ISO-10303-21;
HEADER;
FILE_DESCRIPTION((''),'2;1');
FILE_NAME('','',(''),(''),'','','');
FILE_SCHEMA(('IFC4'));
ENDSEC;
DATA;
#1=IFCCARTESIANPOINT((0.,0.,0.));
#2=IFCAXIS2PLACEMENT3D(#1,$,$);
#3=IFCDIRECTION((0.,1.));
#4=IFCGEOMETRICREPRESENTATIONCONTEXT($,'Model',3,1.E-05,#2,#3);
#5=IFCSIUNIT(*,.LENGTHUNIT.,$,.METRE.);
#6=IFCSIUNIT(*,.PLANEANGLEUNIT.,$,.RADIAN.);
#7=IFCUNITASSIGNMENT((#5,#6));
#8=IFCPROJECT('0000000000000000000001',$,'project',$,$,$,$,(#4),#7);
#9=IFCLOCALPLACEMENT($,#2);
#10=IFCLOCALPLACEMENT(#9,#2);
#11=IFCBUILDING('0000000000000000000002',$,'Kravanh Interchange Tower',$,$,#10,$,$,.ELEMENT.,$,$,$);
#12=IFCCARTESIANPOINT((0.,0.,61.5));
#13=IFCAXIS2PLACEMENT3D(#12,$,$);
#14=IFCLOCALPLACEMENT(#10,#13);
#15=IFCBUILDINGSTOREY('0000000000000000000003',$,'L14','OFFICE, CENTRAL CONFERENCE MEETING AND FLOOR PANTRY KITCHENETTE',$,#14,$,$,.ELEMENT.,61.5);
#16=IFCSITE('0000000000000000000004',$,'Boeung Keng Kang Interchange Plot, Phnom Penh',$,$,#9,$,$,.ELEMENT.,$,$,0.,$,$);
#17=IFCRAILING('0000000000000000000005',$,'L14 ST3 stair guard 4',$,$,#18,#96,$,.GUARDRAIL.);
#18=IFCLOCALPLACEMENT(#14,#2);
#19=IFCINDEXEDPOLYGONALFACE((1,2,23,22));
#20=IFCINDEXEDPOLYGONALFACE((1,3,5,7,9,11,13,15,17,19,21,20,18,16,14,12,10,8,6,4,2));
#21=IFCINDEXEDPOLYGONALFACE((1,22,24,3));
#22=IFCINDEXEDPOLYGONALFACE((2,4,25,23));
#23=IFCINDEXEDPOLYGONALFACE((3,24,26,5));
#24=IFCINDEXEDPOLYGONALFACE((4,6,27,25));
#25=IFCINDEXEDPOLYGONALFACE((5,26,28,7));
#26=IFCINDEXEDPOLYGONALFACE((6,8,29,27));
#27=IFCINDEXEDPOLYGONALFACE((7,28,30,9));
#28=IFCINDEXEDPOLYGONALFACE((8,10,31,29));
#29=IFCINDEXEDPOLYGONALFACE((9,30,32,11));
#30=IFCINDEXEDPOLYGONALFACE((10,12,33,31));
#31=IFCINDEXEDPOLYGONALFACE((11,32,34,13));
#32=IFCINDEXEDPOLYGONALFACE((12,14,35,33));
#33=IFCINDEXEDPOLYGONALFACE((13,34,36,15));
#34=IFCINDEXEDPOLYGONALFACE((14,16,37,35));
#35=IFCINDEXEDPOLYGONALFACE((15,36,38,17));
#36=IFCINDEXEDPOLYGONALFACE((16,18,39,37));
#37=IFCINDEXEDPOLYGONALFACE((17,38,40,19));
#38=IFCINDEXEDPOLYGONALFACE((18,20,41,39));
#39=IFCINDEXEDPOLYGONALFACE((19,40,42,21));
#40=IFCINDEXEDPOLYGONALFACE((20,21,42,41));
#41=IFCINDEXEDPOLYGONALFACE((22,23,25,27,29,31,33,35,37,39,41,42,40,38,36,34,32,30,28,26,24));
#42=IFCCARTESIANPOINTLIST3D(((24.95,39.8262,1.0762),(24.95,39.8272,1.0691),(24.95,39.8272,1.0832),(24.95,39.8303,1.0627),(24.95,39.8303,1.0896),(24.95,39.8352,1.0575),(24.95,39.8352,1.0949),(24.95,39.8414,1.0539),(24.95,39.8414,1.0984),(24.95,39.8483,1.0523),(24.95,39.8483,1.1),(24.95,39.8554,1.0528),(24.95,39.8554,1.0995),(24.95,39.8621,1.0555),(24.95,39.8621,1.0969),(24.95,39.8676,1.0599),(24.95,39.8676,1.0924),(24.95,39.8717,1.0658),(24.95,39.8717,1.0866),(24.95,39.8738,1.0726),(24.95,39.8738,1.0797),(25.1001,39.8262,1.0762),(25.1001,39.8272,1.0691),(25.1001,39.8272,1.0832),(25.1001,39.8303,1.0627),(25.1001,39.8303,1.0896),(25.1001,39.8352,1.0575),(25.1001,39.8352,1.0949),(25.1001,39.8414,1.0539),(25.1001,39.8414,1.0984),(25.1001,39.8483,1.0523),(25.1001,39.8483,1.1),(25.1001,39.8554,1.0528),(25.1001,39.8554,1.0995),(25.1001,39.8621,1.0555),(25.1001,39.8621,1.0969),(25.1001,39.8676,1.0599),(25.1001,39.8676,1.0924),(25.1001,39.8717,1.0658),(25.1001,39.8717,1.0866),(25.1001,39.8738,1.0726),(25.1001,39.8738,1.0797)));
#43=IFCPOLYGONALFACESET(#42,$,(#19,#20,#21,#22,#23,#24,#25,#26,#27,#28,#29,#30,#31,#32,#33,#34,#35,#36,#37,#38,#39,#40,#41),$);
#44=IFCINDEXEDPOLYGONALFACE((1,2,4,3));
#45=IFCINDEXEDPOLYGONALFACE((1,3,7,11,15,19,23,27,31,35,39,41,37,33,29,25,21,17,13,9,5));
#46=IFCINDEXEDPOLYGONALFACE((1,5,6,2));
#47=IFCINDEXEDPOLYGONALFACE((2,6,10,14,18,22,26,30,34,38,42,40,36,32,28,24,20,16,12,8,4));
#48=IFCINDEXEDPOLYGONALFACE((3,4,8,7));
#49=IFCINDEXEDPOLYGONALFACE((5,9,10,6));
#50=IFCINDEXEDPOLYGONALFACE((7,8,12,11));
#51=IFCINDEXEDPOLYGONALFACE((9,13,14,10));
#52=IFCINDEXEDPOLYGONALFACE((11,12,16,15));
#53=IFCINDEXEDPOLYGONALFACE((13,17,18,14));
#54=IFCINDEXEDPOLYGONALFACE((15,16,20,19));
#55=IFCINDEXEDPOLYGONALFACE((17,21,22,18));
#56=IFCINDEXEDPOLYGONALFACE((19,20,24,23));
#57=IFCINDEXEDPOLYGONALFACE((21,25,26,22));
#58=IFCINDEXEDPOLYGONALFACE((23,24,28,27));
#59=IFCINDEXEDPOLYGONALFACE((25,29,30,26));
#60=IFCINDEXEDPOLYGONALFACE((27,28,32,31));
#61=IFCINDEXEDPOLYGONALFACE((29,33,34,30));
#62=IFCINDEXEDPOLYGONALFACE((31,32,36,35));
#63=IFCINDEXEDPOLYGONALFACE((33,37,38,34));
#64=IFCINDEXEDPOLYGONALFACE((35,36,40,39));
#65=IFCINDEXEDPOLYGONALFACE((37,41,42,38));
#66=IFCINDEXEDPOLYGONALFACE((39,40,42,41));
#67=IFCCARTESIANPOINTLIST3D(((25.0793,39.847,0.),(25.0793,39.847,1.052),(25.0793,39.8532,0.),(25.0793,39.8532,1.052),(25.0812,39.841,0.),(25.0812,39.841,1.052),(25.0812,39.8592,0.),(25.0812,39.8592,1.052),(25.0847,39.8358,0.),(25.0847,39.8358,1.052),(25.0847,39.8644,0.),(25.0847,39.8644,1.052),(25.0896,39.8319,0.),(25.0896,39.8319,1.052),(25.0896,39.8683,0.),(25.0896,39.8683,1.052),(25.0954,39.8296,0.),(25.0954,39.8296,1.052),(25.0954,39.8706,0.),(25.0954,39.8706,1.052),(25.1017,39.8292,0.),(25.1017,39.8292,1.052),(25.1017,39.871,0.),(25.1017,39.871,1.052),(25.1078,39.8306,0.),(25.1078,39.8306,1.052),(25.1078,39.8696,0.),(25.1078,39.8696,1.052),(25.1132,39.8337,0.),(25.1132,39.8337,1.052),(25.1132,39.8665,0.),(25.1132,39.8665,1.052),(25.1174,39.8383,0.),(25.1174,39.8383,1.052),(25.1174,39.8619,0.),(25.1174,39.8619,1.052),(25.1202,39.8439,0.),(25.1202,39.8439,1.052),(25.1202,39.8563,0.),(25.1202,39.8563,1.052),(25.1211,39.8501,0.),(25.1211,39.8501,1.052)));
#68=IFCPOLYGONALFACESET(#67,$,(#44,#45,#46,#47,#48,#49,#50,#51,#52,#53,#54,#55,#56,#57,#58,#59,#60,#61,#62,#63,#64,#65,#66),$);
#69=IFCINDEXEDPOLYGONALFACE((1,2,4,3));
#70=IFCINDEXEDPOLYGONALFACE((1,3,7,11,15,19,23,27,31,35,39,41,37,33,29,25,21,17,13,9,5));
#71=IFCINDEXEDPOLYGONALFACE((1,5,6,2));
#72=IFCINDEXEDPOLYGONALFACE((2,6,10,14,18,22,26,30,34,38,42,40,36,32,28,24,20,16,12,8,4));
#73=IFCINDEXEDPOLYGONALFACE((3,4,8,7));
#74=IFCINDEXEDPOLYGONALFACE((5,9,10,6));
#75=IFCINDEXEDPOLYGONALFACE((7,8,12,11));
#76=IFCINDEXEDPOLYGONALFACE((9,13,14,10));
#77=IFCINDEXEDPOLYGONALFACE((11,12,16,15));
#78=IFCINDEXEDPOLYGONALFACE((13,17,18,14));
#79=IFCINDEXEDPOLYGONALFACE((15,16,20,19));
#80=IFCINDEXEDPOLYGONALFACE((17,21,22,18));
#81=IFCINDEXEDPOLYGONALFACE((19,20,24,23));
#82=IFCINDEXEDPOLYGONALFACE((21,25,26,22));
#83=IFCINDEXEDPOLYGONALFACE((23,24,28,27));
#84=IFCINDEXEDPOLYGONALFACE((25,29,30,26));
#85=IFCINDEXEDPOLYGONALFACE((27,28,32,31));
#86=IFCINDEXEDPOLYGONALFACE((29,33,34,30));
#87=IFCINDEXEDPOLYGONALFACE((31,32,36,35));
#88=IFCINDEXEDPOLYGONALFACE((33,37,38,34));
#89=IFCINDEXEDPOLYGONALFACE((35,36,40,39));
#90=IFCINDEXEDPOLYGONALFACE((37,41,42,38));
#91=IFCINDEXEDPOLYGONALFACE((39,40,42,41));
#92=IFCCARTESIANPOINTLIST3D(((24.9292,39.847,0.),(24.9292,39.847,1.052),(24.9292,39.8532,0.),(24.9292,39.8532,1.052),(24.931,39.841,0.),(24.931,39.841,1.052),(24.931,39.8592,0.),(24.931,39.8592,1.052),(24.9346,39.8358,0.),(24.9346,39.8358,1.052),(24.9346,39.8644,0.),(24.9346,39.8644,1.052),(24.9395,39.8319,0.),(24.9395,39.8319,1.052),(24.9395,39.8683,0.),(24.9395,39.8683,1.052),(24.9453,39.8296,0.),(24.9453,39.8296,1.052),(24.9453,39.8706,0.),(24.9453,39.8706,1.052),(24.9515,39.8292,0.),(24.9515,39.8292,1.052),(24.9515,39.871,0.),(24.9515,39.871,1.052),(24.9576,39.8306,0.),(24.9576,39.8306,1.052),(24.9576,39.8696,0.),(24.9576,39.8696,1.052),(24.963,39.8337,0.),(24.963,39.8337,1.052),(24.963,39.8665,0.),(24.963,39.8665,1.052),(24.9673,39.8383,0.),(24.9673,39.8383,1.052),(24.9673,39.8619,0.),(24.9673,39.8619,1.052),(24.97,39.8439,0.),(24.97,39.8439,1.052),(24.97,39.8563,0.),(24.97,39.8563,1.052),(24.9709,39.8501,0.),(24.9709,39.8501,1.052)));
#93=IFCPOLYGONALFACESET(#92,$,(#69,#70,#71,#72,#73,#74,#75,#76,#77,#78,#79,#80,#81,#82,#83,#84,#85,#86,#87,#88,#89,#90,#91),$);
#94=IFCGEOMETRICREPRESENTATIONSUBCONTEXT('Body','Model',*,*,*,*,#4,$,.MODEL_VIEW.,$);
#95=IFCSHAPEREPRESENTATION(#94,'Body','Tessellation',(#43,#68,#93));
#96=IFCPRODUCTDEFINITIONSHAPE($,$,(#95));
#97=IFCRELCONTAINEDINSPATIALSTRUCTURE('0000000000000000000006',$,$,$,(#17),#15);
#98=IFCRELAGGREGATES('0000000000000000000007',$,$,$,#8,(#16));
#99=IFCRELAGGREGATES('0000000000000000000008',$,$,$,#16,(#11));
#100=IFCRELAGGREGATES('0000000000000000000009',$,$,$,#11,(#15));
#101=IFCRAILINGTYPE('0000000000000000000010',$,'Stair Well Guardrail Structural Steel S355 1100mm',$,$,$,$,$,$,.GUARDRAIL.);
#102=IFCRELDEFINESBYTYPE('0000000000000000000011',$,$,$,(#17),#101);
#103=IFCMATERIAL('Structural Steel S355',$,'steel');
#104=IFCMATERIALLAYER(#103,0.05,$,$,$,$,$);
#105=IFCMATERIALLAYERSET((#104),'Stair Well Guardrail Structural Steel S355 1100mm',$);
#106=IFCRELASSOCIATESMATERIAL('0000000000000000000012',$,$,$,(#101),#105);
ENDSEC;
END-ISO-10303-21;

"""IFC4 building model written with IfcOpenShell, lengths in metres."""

from ifc_helpers import new_model, si_unit, direction, frame, origin, origin_2d, place, context, subcontext, project, spatial, circle, extrude, material, layer, layer_set, type_object, element, save


model = new_model("IFC4")

# Units and contexts
model_context = context("Model", 3, precision=1e-05, world=origin(), true_north=direction((0.0, 1.0)))
body_context = subcontext(model_context, "Body", "Model", "MODEL_VIEW")
ifc_project = project(units=[si_unit("LENGTHUNIT", "METRE"), si_unit("PLANEANGLEUNIT", "RADIAN")], contexts=[model_context])

# Site, building, storey
site_placement = place(None, origin())
site = spatial("IfcSite", under=ifc_project, at=site_placement, Name="Boeung Keng Kang Interchange Plot, Phnom Penh", CompositionType="ELEMENT", RefElevation=0.0)
building_placement = place(site_placement, origin())
building = spatial("IfcBuilding", under=site, at=building_placement, Name="Kravanh Interchange Tower", CompositionType="ELEMENT")
storey_placement = place(building_placement, frame((0.0, 0.0, 61.5)))
storey = spatial("IfcBuildingStorey", under=building, at=storey_placement, Name="L14", Description="OFFICE, CENTRAL CONFERENCE MEETING AND FLOOR PANTRY KITCHENETTE", CompositionType="ELEMENT", Elevation=61.5)

# Railing
ifc_material_1 = material(Name="Structural Steel S355", Category="steel")
ifc_layer_1 = layer(ifc_material_1, 0.05)
ifc_layer_set_1 = layer_set([ifc_layer_1], Name="Stair Well Guardrail Structural Steel S355 1100mm")
railing_type_1 = type_object("IfcRailingType", Name="Stair Well Guardrail Structural Steel S355 1100mm", PredefinedType="GUARDRAIL", material=ifc_layer_set_1)
railing_1_placement = place(storey_placement, frame((25.1001, 39.8501, 0.0)))
element("IfcRailing", 1, at=railing_1_placement, inside=storey, type_object=railing_type_1, Name="L14 ST3 stair guard 4", PredefinedType="GUARDRAIL", context=body_context, shape_type="SweptSolid", body=[
    extrude(circle(Radius=0.0239, at=origin_2d()), frame((0.0, 0.0, 1.0762), z_axis=(-1.0, 0.0, 0.0), x_axis=(0.0, -1.0, 0.0)), (0.0, 0.0, 1.0), 0.1501),
    extrude(circle(Radius=0.021, at=origin_2d()), origin(), (0.0, 0.0, 1.0), 1.052),
    extrude(circle(Radius=0.021, at=origin_2d()), frame((-0.1501, 0.0, 0.0)), (0.0, 0.0, 1.0), 1.052),
])

save(model, "model.ifc")
